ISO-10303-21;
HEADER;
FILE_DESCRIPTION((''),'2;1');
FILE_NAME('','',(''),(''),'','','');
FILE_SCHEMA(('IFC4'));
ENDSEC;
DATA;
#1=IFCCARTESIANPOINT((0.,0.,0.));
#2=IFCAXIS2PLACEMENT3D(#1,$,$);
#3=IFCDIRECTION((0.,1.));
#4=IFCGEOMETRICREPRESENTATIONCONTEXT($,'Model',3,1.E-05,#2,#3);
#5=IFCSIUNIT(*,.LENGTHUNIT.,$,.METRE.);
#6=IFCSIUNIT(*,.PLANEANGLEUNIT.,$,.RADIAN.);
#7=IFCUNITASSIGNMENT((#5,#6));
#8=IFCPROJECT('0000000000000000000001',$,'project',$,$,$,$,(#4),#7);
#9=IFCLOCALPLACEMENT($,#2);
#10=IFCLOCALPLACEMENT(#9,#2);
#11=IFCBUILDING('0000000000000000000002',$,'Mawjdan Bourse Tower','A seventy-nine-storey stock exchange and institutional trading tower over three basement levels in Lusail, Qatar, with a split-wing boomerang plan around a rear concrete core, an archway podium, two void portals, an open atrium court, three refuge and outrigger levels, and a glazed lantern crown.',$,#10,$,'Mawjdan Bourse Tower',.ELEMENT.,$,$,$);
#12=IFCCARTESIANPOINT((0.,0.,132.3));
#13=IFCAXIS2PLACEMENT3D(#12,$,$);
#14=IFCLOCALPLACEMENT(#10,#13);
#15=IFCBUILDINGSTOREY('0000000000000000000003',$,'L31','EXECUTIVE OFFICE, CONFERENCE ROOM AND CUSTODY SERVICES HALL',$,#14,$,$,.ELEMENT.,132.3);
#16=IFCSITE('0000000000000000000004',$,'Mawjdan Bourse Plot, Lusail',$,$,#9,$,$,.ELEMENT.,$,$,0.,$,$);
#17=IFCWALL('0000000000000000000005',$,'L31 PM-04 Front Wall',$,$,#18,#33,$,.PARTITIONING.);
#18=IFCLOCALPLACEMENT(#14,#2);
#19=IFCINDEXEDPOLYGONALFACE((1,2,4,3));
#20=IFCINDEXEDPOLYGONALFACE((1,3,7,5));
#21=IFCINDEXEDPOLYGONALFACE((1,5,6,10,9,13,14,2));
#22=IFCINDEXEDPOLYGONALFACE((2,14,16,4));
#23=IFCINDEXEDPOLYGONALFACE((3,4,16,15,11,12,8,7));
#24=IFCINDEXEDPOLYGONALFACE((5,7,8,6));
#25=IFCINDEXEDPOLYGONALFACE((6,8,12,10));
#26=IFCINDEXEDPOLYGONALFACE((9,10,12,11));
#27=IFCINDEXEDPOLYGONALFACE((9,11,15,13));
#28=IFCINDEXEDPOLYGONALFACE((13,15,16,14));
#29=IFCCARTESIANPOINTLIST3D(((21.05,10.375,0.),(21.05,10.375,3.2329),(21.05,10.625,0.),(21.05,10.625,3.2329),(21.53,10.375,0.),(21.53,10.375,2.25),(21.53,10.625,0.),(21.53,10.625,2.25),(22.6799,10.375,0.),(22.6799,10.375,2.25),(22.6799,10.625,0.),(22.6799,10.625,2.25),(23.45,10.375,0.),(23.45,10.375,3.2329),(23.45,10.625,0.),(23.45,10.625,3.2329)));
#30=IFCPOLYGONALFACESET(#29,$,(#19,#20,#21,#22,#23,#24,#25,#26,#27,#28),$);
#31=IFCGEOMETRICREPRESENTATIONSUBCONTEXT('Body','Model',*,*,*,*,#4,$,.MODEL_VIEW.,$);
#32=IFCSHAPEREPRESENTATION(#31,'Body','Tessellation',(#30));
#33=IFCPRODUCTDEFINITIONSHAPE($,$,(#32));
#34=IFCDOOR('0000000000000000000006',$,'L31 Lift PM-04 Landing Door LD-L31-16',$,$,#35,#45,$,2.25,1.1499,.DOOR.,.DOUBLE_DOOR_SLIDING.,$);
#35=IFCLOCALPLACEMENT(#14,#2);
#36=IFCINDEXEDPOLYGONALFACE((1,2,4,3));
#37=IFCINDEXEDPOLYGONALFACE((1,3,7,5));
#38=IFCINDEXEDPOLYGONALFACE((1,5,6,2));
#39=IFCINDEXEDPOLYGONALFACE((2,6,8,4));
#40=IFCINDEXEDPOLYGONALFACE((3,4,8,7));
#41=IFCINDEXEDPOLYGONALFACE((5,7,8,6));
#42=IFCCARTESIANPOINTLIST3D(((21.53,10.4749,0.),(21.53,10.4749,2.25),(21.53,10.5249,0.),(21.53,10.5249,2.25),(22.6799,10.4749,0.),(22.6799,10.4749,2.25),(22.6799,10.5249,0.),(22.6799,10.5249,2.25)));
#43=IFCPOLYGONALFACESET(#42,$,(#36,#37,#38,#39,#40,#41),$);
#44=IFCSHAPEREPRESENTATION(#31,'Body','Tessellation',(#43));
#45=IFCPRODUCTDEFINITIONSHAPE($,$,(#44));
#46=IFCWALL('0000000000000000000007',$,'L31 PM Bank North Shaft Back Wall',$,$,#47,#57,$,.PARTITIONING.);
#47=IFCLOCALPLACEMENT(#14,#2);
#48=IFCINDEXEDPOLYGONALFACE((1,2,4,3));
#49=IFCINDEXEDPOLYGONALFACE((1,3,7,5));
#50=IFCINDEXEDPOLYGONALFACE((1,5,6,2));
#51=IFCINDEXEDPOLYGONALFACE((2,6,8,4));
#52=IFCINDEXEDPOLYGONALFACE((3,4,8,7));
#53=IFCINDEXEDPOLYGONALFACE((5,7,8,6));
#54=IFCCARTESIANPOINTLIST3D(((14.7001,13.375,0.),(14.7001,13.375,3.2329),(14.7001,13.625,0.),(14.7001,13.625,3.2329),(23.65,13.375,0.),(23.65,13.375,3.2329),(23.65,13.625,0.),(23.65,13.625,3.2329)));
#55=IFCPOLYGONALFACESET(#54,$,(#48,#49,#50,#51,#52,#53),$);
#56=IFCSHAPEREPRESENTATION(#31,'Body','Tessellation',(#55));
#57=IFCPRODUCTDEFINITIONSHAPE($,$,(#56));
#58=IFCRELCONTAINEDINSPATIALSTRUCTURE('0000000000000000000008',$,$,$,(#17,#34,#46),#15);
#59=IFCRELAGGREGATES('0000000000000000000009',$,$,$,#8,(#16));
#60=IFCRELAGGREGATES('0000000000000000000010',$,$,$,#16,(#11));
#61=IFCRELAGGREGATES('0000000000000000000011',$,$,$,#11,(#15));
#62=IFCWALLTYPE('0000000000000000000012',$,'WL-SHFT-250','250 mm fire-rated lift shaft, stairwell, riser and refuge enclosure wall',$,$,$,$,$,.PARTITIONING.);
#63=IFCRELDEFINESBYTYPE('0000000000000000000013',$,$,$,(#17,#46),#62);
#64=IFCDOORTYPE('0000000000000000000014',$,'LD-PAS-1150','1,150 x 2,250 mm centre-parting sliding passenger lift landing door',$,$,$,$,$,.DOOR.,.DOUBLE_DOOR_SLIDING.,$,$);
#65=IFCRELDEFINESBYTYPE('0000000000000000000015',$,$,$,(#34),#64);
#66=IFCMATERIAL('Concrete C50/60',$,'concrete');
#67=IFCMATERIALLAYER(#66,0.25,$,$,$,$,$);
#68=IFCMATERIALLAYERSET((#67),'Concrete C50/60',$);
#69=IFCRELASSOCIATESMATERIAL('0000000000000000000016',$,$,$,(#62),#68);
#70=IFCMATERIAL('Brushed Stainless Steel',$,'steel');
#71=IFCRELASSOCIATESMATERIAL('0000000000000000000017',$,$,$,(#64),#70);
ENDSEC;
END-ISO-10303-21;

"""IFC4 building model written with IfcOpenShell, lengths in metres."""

from ifc_helpers import new_model, si_unit, direction, frame, frame_2d, origin, place, context, subcontext, project, spatial, rectangle, extrude, material, layer, layer_set, type_object, element, fill, save


model = new_model("IFC4")

# Units and contexts
model_context = context("Model", 3, precision=1e-05, world=origin(), true_north=direction((0.0, 1.0)))
body_context = subcontext(model_context, "Body", "Model", "MODEL_VIEW")
ifc_project = project(units=[si_unit("LENGTHUNIT", "METRE"), si_unit("PLANEANGLEUNIT", "RADIAN")], contexts=[model_context])

# Site, building, storey
site_placement = place(None, origin())
site = spatial("IfcSite", under=ifc_project, at=site_placement, Name="Mawjdan Bourse Plot, Lusail", CompositionType="ELEMENT", RefElevation=0.0)
building_placement = place(site_placement, origin())
building = spatial("IfcBuilding", under=site, at=building_placement, Name="Mawjdan Bourse Tower", Description="A seventy-nine-storey stock exchange and institutional trading tower over three basement levels in Lusail, Qatar, with a split-wing boomerang plan around a rear concrete core, an archway podium, two void portals, an open atrium court, three refuge and outrigger levels, and a glazed lantern crown.", LongName="Mawjdan Bourse Tower", CompositionType="ELEMENT")
storey_placement = place(building_placement, frame((0.0, 0.0, 132.3)))
storey = spatial("IfcBuildingStorey", under=building, at=storey_placement, Name="L31", Description="EXECUTIVE OFFICE, CONFERENCE ROOM AND CUSTODY SERVICES HALL", CompositionType="ELEMENT", Elevation=132.3)

# Shared definitions
ifc_material_1 = material(Name="Concrete C50/60", Category="concrete")
ifc_layer_1 = layer(ifc_material_1, 0.25)
ifc_layer_set_1 = layer_set([ifc_layer_1], Name="Concrete C50/60")
wall_type_1 = type_object("IfcWallType", Name="WL-SHFT-250", Description="250 mm fire-rated lift shaft, stairwell, riser and refuge enclosure wall", PredefinedType="PARTITIONING", material=ifc_layer_set_1)

# Shared definitions
ifc_material_2 = material(Name="Brushed Stainless Steel", Category="steel")
door_type_1 = type_object("IfcDoorType", Name="LD-PAS-1150", Description="1,150 x 2,250 mm centre-parting sliding passenger lift landing door", OperationType="DOUBLE_DOOR_SLIDING", PredefinedType="DOOR", material=ifc_material_2)

# Wall, opening, door
wall_1_placement = place(storey_placement, frame((21.05, 10.5, 0.0), z_axis=(0.0, 0.0, 1.0), x_axis=(1.0, 0.0, 0.0)))
wall_1 = element("IfcWall", 1, at=wall_1_placement, inside=storey, type_object=wall_type_1, Name="L31 PM-04 Front Wall", PredefinedType="PARTITIONING", context=body_context, shape_type="SweptSolid", body=[
    extrude(rectangle(XDim=2.3999, YDim=0.25, at=frame_2d((1.2, 0.0))), origin(), (0.0, 0.0, 1.0), 3.2329),
])
opening_1_placement = place(wall_1_placement, frame((0.48, 0.0, 0.0)))
opening_1 = element("IfcOpeningElement", 2, at=opening_1_placement, cuts=wall_1, PredefinedType="OPENING", context=body_context, shape_type="SweptSolid", body=[
    extrude(rectangle(XDim=1.1499, YDim=2.25, at=frame_2d((0.575, 1.125))), frame((0.0, 0.135, 0.0), z_axis=(0.0, -1.0, 0.0), x_axis=(1.0, 0.0, 0.0)), (0.0, 0.0, 1.0), 0.27),
])
door_1_placement = place(opening_1_placement, origin())
door_1 = element("IfcDoor", 3, at=door_1_placement, inside=storey, type_object=door_type_1, Name="L31 Lift PM-04 Landing Door LD-L31-16", OperationType="DOUBLE_DOOR_SLIDING", OverallHeight=2.25, OverallWidth=1.1499, PredefinedType="DOOR", context=body_context, shape_type="SweptSolid", body=[
    extrude(rectangle(XDim=1.1499, YDim=2.25, at=frame_2d((0.575, 1.125))), frame((0.0, 0.0249, 0.0), z_axis=(0.0, -1.0, 0.0), x_axis=(1.0, 0.0, 0.0)), (0.0, 0.0, 1.0), 0.05),
])
fill(opening_1, door_1)

# Wall
wall_2_placement = place(storey_placement, frame((14.7, 13.5, 0.0), z_axis=(0.0, 0.0, 1.0), x_axis=(1.0, 0.0, 0.0)))
element("IfcWall", 4, at=wall_2_placement, inside=storey, type_object=wall_type_1, Name="L31 PM Bank North Shaft Back Wall", PredefinedType="PARTITIONING", context=body_context, shape_type="SweptSolid", body=[
    extrude(rectangle(XDim=8.95, YDim=0.25, at=frame_2d((4.4751, 0.0))), origin(), (0.0, 0.0, 1.0), 3.2329),
])

save(model, "model.ifc")
